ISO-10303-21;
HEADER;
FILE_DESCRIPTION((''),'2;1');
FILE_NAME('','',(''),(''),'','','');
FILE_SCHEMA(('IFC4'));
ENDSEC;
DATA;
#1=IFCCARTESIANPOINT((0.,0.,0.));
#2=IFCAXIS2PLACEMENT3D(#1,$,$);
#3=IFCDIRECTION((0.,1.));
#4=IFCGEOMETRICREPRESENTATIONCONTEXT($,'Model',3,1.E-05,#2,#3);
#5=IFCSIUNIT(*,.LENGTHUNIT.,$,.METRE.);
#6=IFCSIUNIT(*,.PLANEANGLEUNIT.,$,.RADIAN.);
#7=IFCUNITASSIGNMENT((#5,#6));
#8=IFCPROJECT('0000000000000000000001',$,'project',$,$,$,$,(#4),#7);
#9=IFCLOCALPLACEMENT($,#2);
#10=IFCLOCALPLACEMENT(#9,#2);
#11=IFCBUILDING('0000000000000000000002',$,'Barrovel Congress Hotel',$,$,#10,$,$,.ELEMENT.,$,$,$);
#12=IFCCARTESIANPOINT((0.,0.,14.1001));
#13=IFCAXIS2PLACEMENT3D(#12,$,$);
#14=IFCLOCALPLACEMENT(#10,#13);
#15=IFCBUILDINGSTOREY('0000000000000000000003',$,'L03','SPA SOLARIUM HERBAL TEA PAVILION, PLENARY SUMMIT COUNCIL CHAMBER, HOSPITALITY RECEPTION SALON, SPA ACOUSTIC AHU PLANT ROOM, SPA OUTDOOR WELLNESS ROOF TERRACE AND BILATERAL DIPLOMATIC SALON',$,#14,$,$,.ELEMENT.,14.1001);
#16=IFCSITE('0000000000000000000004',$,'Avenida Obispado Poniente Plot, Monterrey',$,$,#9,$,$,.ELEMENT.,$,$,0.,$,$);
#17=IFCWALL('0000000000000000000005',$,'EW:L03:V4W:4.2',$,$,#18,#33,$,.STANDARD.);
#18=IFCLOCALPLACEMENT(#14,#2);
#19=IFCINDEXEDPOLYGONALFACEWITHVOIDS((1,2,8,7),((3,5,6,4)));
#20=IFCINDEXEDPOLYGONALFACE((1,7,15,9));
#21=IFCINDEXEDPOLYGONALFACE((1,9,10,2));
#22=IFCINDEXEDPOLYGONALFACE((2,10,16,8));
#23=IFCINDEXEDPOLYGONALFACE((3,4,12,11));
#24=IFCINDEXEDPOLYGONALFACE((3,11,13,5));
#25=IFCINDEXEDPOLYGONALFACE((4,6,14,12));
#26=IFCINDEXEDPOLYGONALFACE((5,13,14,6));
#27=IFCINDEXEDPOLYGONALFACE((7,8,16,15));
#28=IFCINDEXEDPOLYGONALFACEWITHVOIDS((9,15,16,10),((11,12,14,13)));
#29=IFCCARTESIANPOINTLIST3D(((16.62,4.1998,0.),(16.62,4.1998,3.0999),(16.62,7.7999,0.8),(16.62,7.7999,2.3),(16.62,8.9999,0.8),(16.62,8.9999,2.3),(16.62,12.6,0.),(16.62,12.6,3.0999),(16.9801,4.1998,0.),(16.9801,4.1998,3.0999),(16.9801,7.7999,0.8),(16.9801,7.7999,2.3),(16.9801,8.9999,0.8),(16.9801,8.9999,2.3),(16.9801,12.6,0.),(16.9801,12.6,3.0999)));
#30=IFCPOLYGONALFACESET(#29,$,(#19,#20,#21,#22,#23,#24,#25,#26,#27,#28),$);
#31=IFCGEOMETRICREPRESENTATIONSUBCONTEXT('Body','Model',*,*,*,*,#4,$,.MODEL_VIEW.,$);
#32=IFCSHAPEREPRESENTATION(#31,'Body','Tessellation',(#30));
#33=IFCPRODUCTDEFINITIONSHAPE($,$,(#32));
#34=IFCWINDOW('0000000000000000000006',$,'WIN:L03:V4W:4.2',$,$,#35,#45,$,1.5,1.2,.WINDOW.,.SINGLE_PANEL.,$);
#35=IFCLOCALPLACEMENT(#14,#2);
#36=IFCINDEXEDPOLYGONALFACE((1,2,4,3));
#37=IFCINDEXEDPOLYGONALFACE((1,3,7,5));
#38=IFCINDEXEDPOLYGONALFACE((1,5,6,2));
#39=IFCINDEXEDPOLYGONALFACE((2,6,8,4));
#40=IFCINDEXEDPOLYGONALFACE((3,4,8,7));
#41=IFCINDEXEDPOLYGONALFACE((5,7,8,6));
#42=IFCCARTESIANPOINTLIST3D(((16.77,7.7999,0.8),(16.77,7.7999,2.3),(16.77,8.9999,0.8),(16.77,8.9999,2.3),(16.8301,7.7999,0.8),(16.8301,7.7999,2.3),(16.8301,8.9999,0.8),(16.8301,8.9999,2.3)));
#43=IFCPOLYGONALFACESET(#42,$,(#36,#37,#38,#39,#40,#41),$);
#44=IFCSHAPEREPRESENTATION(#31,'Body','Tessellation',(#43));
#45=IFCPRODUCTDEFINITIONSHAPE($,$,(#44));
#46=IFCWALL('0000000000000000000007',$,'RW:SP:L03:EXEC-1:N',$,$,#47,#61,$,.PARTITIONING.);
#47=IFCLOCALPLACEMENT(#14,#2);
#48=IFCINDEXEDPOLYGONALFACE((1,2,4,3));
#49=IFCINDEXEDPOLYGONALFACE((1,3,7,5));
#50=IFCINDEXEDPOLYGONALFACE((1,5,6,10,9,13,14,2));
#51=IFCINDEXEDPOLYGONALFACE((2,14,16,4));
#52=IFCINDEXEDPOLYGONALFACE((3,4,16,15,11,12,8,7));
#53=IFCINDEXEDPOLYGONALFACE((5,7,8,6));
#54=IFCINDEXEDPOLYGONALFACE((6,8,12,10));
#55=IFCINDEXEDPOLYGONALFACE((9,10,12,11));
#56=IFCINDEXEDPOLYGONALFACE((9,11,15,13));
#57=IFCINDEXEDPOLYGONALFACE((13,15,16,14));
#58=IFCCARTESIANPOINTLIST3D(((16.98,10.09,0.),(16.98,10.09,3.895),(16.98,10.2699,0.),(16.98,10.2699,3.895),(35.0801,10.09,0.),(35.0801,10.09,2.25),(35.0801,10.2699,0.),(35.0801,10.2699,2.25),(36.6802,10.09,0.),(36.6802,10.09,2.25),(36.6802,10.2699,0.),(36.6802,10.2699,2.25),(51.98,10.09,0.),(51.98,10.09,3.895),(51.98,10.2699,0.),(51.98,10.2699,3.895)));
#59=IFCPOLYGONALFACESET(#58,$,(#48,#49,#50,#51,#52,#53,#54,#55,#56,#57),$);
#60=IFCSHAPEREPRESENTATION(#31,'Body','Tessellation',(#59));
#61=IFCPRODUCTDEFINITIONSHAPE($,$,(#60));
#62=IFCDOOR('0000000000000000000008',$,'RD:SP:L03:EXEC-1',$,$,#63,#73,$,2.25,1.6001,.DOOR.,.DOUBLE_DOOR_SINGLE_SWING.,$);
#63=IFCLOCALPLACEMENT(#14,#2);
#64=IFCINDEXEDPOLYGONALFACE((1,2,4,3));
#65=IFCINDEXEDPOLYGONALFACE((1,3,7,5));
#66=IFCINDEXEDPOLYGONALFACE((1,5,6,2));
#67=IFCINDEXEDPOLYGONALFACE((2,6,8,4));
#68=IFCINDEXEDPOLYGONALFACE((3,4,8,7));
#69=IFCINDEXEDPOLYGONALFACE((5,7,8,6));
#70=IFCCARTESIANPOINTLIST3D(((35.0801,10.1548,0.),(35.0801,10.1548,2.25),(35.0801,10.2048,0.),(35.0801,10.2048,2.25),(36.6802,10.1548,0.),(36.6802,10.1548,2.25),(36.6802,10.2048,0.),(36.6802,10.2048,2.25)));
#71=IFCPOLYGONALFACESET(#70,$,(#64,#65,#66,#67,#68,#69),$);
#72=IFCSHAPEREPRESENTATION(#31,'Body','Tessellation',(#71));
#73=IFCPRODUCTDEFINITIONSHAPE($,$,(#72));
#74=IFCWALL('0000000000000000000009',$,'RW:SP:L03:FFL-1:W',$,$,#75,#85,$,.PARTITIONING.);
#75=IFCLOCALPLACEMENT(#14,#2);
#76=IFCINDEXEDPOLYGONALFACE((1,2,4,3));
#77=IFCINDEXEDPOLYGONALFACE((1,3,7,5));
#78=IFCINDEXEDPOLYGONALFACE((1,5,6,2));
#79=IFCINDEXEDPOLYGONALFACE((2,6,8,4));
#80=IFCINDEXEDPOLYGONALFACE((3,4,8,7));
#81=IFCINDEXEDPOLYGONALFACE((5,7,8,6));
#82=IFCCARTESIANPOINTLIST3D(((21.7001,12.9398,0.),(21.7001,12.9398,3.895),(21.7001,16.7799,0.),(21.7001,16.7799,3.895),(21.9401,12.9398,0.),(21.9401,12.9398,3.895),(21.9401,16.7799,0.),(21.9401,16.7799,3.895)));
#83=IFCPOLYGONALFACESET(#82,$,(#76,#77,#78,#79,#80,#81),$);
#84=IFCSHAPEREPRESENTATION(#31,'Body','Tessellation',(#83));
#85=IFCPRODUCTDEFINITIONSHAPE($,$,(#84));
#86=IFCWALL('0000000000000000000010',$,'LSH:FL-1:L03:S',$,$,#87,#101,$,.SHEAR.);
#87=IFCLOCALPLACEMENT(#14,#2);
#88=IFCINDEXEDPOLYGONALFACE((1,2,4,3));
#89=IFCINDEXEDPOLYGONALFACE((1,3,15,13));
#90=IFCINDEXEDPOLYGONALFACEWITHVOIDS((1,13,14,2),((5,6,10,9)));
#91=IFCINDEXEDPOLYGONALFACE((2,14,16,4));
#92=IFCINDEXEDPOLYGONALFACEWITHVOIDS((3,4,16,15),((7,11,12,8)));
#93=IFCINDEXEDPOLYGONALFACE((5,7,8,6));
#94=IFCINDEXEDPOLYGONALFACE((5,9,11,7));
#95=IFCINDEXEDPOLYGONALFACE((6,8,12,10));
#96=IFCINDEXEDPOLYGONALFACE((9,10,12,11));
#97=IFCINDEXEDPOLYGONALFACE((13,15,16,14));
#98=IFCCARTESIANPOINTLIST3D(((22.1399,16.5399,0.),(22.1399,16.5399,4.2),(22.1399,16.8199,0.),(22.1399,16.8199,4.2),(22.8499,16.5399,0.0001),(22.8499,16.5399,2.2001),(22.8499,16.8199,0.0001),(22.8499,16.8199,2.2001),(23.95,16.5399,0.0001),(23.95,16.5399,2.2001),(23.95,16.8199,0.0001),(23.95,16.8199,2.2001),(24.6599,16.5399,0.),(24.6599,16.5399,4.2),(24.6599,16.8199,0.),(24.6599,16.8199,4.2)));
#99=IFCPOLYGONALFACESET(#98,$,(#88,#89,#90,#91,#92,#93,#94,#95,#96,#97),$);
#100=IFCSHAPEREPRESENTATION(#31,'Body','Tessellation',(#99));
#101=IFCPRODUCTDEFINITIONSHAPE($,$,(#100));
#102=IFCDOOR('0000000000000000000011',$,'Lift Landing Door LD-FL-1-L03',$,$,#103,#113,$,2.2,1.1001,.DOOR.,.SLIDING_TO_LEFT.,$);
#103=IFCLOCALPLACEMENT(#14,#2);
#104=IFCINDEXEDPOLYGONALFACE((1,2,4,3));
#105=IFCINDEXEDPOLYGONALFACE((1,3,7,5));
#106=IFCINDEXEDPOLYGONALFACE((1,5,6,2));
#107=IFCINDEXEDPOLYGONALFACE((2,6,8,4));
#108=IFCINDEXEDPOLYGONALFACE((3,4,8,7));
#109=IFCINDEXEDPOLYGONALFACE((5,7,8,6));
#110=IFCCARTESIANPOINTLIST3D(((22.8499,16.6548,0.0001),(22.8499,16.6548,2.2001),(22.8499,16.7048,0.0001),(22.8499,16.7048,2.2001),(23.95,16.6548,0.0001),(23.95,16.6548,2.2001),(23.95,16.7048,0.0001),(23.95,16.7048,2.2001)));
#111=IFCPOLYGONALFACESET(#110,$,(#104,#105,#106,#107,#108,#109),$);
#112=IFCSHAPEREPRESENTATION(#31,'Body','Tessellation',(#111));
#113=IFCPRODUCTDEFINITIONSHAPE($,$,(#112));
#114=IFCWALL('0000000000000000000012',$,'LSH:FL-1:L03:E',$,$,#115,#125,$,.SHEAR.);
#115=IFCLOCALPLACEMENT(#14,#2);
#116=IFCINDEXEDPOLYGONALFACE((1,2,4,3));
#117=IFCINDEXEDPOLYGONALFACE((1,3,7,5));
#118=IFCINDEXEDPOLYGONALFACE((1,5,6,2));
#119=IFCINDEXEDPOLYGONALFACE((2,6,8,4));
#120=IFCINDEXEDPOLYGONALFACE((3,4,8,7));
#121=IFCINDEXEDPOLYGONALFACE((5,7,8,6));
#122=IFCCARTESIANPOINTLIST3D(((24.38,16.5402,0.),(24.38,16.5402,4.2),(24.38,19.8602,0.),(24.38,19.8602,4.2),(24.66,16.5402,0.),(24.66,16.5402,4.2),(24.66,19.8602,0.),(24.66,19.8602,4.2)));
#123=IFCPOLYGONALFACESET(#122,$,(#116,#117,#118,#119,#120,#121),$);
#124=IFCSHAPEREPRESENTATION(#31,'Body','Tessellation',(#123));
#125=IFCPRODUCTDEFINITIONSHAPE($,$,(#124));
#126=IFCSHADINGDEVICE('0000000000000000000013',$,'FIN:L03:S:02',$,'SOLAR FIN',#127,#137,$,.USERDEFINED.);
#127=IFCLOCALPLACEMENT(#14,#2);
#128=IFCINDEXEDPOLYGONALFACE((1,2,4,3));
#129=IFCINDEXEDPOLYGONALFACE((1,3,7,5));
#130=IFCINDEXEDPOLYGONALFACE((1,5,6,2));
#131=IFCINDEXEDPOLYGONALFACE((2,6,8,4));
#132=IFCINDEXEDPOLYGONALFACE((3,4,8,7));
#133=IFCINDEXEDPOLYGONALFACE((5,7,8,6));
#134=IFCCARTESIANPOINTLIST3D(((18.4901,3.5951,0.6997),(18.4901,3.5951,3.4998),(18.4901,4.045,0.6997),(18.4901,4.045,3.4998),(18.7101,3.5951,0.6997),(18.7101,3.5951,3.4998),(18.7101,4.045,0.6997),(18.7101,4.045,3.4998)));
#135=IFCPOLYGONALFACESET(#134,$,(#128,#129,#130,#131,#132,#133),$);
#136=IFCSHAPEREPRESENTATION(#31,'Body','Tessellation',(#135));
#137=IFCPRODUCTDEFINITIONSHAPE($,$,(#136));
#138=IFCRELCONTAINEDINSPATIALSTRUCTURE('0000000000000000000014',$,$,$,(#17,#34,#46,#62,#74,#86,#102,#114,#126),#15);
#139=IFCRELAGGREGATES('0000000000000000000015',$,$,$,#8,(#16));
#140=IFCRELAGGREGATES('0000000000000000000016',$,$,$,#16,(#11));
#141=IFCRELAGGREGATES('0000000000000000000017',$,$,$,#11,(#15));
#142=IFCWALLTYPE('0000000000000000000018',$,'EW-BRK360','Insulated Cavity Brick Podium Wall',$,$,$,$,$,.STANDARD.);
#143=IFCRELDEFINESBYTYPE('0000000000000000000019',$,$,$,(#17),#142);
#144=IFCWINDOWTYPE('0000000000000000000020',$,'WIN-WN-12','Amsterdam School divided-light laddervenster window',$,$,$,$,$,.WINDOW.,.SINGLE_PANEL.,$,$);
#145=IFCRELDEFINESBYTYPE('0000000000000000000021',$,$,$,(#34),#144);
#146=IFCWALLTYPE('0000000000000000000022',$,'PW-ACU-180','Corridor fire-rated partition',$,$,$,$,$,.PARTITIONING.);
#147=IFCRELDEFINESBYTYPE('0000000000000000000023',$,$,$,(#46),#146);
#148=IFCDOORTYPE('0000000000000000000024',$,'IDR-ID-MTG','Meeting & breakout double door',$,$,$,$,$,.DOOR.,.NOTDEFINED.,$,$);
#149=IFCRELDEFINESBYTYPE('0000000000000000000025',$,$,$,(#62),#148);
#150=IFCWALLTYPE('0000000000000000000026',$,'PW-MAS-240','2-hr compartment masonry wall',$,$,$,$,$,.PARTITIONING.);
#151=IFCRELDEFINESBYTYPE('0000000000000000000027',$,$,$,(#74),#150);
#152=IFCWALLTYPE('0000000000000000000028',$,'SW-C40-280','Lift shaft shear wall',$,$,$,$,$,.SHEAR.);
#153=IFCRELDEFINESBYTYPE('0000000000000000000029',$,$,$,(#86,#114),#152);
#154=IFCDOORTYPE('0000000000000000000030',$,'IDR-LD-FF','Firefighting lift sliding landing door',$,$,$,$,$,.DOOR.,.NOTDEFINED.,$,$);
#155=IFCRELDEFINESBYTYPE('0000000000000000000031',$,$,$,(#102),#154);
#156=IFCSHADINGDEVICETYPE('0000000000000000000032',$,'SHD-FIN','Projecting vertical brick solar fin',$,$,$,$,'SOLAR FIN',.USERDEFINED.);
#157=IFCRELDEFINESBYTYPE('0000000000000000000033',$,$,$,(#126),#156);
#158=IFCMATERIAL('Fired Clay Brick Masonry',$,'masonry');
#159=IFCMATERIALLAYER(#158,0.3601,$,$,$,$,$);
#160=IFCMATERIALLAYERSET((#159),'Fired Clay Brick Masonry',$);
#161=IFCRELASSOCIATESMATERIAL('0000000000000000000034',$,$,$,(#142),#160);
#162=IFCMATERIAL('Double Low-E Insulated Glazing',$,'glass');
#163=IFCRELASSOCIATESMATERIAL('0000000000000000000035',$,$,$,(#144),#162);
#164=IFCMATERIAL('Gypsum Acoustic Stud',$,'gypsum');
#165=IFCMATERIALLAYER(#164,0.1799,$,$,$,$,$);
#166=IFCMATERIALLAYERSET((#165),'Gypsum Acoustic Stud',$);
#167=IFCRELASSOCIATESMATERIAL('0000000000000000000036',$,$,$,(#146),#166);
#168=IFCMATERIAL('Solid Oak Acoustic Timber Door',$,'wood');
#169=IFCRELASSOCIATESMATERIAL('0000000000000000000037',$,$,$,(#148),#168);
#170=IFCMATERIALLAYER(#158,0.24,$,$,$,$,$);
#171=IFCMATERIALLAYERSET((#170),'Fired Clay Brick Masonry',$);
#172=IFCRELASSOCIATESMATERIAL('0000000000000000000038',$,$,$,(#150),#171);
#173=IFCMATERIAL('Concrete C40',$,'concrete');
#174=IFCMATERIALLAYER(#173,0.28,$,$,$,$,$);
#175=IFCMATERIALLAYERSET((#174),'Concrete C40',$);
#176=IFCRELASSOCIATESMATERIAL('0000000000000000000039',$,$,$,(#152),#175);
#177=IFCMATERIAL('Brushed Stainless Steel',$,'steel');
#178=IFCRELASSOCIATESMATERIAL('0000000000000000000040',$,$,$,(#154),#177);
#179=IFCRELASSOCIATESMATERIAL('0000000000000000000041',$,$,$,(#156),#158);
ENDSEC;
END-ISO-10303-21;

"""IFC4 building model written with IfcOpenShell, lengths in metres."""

from ifc_helpers import new_model, si_unit, direction, frame, frame_2d, origin, origin_2d, place, context, subcontext, project, spatial, rectangle, extrude, material, layer, layer_set, type_object, element, fill, save


model = new_model("IFC4")

# Units and contexts
model_context = context("Model", 3, precision=1e-05, world=origin(), true_north=direction((0.0, 1.0)))
body_context = subcontext(model_context, "Body", "Model", "MODEL_VIEW")
ifc_project = project(units=[si_unit("LENGTHUNIT", "METRE"), si_unit("PLANEANGLEUNIT", "RADIAN")], contexts=[model_context])

# Site, building, storey
site_placement = place(None, origin())
site = spatial("IfcSite", under=ifc_project, at=site_placement, Name="Avenida Obispado Poniente Plot, Monterrey", CompositionType="ELEMENT", RefElevation=0.0)
building_placement = place(site_placement, origin())
building = spatial("IfcBuilding", under=site, at=building_placement, Name="Barrovel Congress Hotel", CompositionType="ELEMENT")
storey_placement = place(building_placement, frame((0.0, 0.0, 14.1001)))
storey = spatial("IfcBuildingStorey", under=building, at=storey_placement, Name="L03", Description="SPA SOLARIUM HERBAL TEA PAVILION, PLENARY SUMMIT COUNCIL CHAMBER, HOSPITALITY RECEPTION SALON, SPA ACOUSTIC AHU PLANT ROOM, SPA OUTDOOR WELLNESS ROOF TERRACE AND BILATERAL DIPLOMATIC SALON", CompositionType="ELEMENT", Elevation=14.1001)

# Shared definitions
ifc_material_1 = material(Name="Concrete C40", Category="concrete")

# Wall, opening, window
ifc_material_2 = material(Name="Fired Clay Brick Masonry", Category="masonry")
ifc_layer_1 = layer(ifc_material_2, 0.3601)
ifc_layer_set_1 = layer_set([ifc_layer_1], Name="Fired Clay Brick Masonry")
wall_type_1 = type_object("IfcWallType", Name="EW-BRK360", Description="Insulated Cavity Brick Podium Wall", PredefinedType="STANDARD", material=ifc_layer_set_1)
ifc_material_3 = material(Name="Double Low-E Insulated Glazing", Category="glass")
wall_1_placement = place(storey_placement, frame((16.8, 12.6001, 0.0), z_axis=(0.0, 0.0, 1.0), x_axis=(0.0, -1.0, 0.0)))
wall_1 = element("IfcWall", 1, at=wall_1_placement, inside=storey, type_object=wall_type_1, Name="EW:L03:V4W:4.2", PredefinedType="STANDARD", context=body_context, shape_type="SweptSolid", body=[
    extrude(rectangle(XDim=8.4001, YDim=0.3601, at=frame_2d((4.2002, 0.0))), origin(), (0.0, 0.0, 1.0), 3.0999),
])
opening_1_placement = place(wall_1_placement, frame((3.6001, 0.0, 0.8)))
opening_1 = element("IfcOpeningElement", 2, at=opening_1_placement, cuts=wall_1, PredefinedType="OPENING", context=body_context, shape_type="SweptSolid", body=[
    extrude(rectangle(XDim=1.2, YDim=1.5, at=frame_2d((0.6001, 0.75))), frame((0.0, 0.1899, 0.0), z_axis=(0.0, -1.0, 0.0), x_axis=(1.0, 0.0, 0.0)), (0.0, 0.0, 1.0), 0.3801),
])
window_type_1 = type_object("IfcWindowType", Name="WIN-WN-12", Description="Amsterdam School divided-light laddervenster window", PartitioningType="SINGLE_PANEL", PredefinedType="WINDOW", material=ifc_material_3)
window_1_placement = place(opening_1_placement, origin())
window_1 = element("IfcWindow", 3, at=window_1_placement, inside=storey, type_object=window_type_1, Name="WIN:L03:V4W:4.2", OverallHeight=1.5, OverallWidth=1.2, PartitioningType="SINGLE_PANEL", PredefinedType="WINDOW", context=body_context, shape_type="SweptSolid", body=[
    extrude(rectangle(XDim=1.2, YDim=1.5, at=frame_2d((0.6001, 0.75))), frame((0.0, 0.03, 0.0), z_axis=(0.0, -1.0, 0.0), x_axis=(1.0, 0.0, 0.0)), (0.0, 0.0, 1.0), 0.0601),
])
fill(opening_1, window_1)

# Wall, opening, door
ifc_material_4 = material(Name="Gypsum Acoustic Stud", Category="gypsum")
ifc_layer_2 = layer(ifc_material_4, 0.1799)
ifc_layer_set_2 = layer_set([ifc_layer_2], Name="Gypsum Acoustic Stud")
wall_type_2 = type_object("IfcWallType", Name="PW-ACU-180", Description="Corridor fire-rated partition", PredefinedType="PARTITIONING", material=ifc_layer_set_2)
wall_2_placement = place(storey_placement, frame((16.98, 10.1799, 0.0), z_axis=(0.0, 0.0, 1.0), x_axis=(1.0, 0.0, 0.0)))
wall_2 = element("IfcWall", 4, at=wall_2_placement, inside=storey, type_object=wall_type_2, Name="RW:SP:L03:EXEC-1:N", PredefinedType="PARTITIONING", context=body_context, shape_type="SweptSolid", body=[
    extrude(rectangle(XDim=35.0, YDim=0.1799, at=frame_2d((17.5, 0.0))), origin(), (0.0, 0.0, 1.0), 3.895),
])
opening_2_placement = place(wall_2_placement, frame((18.1001, 0.0, 0.0)))
opening_2 = element("IfcOpeningElement", 5, at=opening_2_placement, cuts=wall_2, PredefinedType="OPENING", context=body_context, shape_type="SweptSolid", body=[
    extrude(rectangle(XDim=1.6001, YDim=2.25, at=frame_2d((0.8, 1.125))), frame((0.0, 0.1001, 0.0), z_axis=(0.0, -1.0, 0.0), x_axis=(1.0, 0.0, 0.0)), (0.0, 0.0, 1.0), 0.2),
])
ifc_material_5 = material(Name="Solid Oak Acoustic Timber Door", Category="wood")
door_type_1 = type_object("IfcDoorType", Name="IDR-ID-MTG", Description="Meeting & breakout double door", OperationType="NOTDEFINED", PredefinedType="DOOR", material=ifc_material_5)
door_1_placement = place(opening_2_placement, origin())
door_1 = element("IfcDoor", 6, at=door_1_placement, inside=storey, type_object=door_type_1, Name="RD:SP:L03:EXEC-1", OperationType="DOUBLE_DOOR_SINGLE_SWING", OverallHeight=2.25, OverallWidth=1.6001, PredefinedType="DOOR", context=body_context, shape_type="SweptSolid", body=[
    extrude(rectangle(XDim=1.6001, YDim=2.25, at=frame_2d((0.8, 1.125))), frame((0.0, 0.0249, 0.0), z_axis=(0.0, -1.0, 0.0), x_axis=(1.0, 0.0, 0.0)), (0.0, 0.0, 1.0), 0.05),
])
fill(opening_2, door_1)
ifc_layer_3 = layer(ifc_material_2, 0.24)
ifc_layer_set_3 = layer_set([ifc_layer_3], Name="Fired Clay Brick Masonry")
wall_type_3 = type_object("IfcWallType", Name="PW-MAS-240", Description="2-hr compartment masonry wall", PredefinedType="PARTITIONING", material=ifc_layer_set_3)

# Wall
wall_3_placement = place(storey_placement, frame((21.8201, 12.9399, 0.0), z_axis=(0.0, 0.0, 1.0), x_axis=(0.0, 1.0, 0.0)))
element("IfcWall", 7, at=wall_3_placement, inside=storey, type_object=wall_type_3, Name="RW:SP:L03:FFL-1:W", PredefinedType="PARTITIONING", context=body_context, shape_type="SweptSolid", body=[
    extrude(rectangle(XDim=3.8401, YDim=0.24, at=frame_2d((1.9199, 0.0))), origin(), (0.0, 0.0, 1.0), 3.895),
])

# Wall, opening, door
ifc_layer_4 = layer(ifc_material_1, 0.28)
ifc_layer_set_4 = layer_set([ifc_layer_4], Name="Concrete C40")
wall_type_4 = type_object("IfcWallType", Name="SW-C40-280", Description="Lift shaft shear wall", PredefinedType="SHEAR", material=ifc_layer_set_4)
wall_4_placement = place(storey_placement, frame((22.1399, 16.6799, 0.0), z_axis=(0.0, 0.0, 1.0), x_axis=(1.0, 0.0, 0.0)))
wall_4 = element("IfcWall", 8, at=wall_4_placement, inside=storey, type_object=wall_type_4, Name="LSH:FL-1:L03:S", PredefinedType="SHEAR", context=body_context, shape_type="SweptSolid", body=[
    extrude(rectangle(XDim=2.52, YDim=0.28, at=frame_2d((1.26, 0.0))), origin(), (0.0, 0.0, 1.0), 4.2),
])
opening_3_placement = place(wall_4_placement, frame((0.71, 0.0, 0.0)))
opening_3 = element("IfcOpeningElement", 9, at=opening_3_placement, cuts=wall_4, PredefinedType="OPENING", context=body_context, shape_type="SweptSolid", body=[
    extrude(rectangle(XDim=1.1001, YDim=2.2, at=frame_2d((0.55, 1.1001))), frame((0.0, 0.1499, 0.0), z_axis=(0.0, -1.0, 0.0), x_axis=(1.0, 0.0, 0.0)), (0.0, 0.0, 1.0), 0.3),
])
ifc_material_6 = material(Name="Brushed Stainless Steel", Category="steel")
door_type_2 = type_object("IfcDoorType", Name="IDR-LD-FF", Description="Firefighting lift sliding landing door", OperationType="NOTDEFINED", PredefinedType="DOOR", material=ifc_material_6)
door_2_placement = place(opening_3_placement, origin())
door_2 = element("IfcDoor", 10, at=door_2_placement, inside=storey, type_object=door_type_2, Name="Lift Landing Door LD-FL-1-L03", OperationType="SLIDING_TO_LEFT", OverallHeight=2.2, OverallWidth=1.1001, PredefinedType="DOOR", context=body_context, shape_type="SweptSolid", body=[
    extrude(rectangle(XDim=1.1001, YDim=2.2, at=frame_2d((0.55, 1.1001))), frame((0.0, 0.0249, 0.0), z_axis=(0.0, -1.0, 0.0), x_axis=(1.0, 0.0, 0.0)), (0.0, 0.0, 1.0), 0.05),
])
fill(opening_3, door_2)

# Wall
wall_5_placement = place(storey_placement, frame((24.52, 16.54, 0.0), z_axis=(0.0, 0.0, 1.0), x_axis=(0.0, 1.0, 0.0)))
element("IfcWall", 11, at=wall_5_placement, inside=storey, type_object=wall_type_4, Name="LSH:FL-1:L03:E", PredefinedType="SHEAR", context=body_context, shape_type="SweptSolid", body=[
    extrude(rectangle(XDim=3.3201, YDim=0.28, at=frame_2d((1.6602, 0.0))), origin(), (0.0, 0.0, 1.0), 4.2),
])

# Shading device
shading_device_type = type_object("IfcShadingDeviceType", Name="SHD-FIN", Description="Projecting vertical brick solar fin", ElementType="SOLAR FIN", PredefinedType="USERDEFINED", material=ifc_material_2)
shading_device_placement = place(storey_placement, frame((18.6001, 3.8201, 0.6997), z_axis=(0.0, 0.0, 1.0), x_axis=(1.0, 0.0, 0.0)))
element("IfcShadingDevice", 12, at=shading_device_placement, inside=storey, type_object=shading_device_type, Name="FIN:L03:S:02", ObjectType="SOLAR FIN", PredefinedType="USERDEFINED", context=body_context, shape_type="SweptSolid", body=[
    extrude(rectangle(XDim=0.22, YDim=0.45, at=origin_2d()), origin(), (0.0, 0.0, 1.0), 2.8),
])

save(model, "model.ifc")
